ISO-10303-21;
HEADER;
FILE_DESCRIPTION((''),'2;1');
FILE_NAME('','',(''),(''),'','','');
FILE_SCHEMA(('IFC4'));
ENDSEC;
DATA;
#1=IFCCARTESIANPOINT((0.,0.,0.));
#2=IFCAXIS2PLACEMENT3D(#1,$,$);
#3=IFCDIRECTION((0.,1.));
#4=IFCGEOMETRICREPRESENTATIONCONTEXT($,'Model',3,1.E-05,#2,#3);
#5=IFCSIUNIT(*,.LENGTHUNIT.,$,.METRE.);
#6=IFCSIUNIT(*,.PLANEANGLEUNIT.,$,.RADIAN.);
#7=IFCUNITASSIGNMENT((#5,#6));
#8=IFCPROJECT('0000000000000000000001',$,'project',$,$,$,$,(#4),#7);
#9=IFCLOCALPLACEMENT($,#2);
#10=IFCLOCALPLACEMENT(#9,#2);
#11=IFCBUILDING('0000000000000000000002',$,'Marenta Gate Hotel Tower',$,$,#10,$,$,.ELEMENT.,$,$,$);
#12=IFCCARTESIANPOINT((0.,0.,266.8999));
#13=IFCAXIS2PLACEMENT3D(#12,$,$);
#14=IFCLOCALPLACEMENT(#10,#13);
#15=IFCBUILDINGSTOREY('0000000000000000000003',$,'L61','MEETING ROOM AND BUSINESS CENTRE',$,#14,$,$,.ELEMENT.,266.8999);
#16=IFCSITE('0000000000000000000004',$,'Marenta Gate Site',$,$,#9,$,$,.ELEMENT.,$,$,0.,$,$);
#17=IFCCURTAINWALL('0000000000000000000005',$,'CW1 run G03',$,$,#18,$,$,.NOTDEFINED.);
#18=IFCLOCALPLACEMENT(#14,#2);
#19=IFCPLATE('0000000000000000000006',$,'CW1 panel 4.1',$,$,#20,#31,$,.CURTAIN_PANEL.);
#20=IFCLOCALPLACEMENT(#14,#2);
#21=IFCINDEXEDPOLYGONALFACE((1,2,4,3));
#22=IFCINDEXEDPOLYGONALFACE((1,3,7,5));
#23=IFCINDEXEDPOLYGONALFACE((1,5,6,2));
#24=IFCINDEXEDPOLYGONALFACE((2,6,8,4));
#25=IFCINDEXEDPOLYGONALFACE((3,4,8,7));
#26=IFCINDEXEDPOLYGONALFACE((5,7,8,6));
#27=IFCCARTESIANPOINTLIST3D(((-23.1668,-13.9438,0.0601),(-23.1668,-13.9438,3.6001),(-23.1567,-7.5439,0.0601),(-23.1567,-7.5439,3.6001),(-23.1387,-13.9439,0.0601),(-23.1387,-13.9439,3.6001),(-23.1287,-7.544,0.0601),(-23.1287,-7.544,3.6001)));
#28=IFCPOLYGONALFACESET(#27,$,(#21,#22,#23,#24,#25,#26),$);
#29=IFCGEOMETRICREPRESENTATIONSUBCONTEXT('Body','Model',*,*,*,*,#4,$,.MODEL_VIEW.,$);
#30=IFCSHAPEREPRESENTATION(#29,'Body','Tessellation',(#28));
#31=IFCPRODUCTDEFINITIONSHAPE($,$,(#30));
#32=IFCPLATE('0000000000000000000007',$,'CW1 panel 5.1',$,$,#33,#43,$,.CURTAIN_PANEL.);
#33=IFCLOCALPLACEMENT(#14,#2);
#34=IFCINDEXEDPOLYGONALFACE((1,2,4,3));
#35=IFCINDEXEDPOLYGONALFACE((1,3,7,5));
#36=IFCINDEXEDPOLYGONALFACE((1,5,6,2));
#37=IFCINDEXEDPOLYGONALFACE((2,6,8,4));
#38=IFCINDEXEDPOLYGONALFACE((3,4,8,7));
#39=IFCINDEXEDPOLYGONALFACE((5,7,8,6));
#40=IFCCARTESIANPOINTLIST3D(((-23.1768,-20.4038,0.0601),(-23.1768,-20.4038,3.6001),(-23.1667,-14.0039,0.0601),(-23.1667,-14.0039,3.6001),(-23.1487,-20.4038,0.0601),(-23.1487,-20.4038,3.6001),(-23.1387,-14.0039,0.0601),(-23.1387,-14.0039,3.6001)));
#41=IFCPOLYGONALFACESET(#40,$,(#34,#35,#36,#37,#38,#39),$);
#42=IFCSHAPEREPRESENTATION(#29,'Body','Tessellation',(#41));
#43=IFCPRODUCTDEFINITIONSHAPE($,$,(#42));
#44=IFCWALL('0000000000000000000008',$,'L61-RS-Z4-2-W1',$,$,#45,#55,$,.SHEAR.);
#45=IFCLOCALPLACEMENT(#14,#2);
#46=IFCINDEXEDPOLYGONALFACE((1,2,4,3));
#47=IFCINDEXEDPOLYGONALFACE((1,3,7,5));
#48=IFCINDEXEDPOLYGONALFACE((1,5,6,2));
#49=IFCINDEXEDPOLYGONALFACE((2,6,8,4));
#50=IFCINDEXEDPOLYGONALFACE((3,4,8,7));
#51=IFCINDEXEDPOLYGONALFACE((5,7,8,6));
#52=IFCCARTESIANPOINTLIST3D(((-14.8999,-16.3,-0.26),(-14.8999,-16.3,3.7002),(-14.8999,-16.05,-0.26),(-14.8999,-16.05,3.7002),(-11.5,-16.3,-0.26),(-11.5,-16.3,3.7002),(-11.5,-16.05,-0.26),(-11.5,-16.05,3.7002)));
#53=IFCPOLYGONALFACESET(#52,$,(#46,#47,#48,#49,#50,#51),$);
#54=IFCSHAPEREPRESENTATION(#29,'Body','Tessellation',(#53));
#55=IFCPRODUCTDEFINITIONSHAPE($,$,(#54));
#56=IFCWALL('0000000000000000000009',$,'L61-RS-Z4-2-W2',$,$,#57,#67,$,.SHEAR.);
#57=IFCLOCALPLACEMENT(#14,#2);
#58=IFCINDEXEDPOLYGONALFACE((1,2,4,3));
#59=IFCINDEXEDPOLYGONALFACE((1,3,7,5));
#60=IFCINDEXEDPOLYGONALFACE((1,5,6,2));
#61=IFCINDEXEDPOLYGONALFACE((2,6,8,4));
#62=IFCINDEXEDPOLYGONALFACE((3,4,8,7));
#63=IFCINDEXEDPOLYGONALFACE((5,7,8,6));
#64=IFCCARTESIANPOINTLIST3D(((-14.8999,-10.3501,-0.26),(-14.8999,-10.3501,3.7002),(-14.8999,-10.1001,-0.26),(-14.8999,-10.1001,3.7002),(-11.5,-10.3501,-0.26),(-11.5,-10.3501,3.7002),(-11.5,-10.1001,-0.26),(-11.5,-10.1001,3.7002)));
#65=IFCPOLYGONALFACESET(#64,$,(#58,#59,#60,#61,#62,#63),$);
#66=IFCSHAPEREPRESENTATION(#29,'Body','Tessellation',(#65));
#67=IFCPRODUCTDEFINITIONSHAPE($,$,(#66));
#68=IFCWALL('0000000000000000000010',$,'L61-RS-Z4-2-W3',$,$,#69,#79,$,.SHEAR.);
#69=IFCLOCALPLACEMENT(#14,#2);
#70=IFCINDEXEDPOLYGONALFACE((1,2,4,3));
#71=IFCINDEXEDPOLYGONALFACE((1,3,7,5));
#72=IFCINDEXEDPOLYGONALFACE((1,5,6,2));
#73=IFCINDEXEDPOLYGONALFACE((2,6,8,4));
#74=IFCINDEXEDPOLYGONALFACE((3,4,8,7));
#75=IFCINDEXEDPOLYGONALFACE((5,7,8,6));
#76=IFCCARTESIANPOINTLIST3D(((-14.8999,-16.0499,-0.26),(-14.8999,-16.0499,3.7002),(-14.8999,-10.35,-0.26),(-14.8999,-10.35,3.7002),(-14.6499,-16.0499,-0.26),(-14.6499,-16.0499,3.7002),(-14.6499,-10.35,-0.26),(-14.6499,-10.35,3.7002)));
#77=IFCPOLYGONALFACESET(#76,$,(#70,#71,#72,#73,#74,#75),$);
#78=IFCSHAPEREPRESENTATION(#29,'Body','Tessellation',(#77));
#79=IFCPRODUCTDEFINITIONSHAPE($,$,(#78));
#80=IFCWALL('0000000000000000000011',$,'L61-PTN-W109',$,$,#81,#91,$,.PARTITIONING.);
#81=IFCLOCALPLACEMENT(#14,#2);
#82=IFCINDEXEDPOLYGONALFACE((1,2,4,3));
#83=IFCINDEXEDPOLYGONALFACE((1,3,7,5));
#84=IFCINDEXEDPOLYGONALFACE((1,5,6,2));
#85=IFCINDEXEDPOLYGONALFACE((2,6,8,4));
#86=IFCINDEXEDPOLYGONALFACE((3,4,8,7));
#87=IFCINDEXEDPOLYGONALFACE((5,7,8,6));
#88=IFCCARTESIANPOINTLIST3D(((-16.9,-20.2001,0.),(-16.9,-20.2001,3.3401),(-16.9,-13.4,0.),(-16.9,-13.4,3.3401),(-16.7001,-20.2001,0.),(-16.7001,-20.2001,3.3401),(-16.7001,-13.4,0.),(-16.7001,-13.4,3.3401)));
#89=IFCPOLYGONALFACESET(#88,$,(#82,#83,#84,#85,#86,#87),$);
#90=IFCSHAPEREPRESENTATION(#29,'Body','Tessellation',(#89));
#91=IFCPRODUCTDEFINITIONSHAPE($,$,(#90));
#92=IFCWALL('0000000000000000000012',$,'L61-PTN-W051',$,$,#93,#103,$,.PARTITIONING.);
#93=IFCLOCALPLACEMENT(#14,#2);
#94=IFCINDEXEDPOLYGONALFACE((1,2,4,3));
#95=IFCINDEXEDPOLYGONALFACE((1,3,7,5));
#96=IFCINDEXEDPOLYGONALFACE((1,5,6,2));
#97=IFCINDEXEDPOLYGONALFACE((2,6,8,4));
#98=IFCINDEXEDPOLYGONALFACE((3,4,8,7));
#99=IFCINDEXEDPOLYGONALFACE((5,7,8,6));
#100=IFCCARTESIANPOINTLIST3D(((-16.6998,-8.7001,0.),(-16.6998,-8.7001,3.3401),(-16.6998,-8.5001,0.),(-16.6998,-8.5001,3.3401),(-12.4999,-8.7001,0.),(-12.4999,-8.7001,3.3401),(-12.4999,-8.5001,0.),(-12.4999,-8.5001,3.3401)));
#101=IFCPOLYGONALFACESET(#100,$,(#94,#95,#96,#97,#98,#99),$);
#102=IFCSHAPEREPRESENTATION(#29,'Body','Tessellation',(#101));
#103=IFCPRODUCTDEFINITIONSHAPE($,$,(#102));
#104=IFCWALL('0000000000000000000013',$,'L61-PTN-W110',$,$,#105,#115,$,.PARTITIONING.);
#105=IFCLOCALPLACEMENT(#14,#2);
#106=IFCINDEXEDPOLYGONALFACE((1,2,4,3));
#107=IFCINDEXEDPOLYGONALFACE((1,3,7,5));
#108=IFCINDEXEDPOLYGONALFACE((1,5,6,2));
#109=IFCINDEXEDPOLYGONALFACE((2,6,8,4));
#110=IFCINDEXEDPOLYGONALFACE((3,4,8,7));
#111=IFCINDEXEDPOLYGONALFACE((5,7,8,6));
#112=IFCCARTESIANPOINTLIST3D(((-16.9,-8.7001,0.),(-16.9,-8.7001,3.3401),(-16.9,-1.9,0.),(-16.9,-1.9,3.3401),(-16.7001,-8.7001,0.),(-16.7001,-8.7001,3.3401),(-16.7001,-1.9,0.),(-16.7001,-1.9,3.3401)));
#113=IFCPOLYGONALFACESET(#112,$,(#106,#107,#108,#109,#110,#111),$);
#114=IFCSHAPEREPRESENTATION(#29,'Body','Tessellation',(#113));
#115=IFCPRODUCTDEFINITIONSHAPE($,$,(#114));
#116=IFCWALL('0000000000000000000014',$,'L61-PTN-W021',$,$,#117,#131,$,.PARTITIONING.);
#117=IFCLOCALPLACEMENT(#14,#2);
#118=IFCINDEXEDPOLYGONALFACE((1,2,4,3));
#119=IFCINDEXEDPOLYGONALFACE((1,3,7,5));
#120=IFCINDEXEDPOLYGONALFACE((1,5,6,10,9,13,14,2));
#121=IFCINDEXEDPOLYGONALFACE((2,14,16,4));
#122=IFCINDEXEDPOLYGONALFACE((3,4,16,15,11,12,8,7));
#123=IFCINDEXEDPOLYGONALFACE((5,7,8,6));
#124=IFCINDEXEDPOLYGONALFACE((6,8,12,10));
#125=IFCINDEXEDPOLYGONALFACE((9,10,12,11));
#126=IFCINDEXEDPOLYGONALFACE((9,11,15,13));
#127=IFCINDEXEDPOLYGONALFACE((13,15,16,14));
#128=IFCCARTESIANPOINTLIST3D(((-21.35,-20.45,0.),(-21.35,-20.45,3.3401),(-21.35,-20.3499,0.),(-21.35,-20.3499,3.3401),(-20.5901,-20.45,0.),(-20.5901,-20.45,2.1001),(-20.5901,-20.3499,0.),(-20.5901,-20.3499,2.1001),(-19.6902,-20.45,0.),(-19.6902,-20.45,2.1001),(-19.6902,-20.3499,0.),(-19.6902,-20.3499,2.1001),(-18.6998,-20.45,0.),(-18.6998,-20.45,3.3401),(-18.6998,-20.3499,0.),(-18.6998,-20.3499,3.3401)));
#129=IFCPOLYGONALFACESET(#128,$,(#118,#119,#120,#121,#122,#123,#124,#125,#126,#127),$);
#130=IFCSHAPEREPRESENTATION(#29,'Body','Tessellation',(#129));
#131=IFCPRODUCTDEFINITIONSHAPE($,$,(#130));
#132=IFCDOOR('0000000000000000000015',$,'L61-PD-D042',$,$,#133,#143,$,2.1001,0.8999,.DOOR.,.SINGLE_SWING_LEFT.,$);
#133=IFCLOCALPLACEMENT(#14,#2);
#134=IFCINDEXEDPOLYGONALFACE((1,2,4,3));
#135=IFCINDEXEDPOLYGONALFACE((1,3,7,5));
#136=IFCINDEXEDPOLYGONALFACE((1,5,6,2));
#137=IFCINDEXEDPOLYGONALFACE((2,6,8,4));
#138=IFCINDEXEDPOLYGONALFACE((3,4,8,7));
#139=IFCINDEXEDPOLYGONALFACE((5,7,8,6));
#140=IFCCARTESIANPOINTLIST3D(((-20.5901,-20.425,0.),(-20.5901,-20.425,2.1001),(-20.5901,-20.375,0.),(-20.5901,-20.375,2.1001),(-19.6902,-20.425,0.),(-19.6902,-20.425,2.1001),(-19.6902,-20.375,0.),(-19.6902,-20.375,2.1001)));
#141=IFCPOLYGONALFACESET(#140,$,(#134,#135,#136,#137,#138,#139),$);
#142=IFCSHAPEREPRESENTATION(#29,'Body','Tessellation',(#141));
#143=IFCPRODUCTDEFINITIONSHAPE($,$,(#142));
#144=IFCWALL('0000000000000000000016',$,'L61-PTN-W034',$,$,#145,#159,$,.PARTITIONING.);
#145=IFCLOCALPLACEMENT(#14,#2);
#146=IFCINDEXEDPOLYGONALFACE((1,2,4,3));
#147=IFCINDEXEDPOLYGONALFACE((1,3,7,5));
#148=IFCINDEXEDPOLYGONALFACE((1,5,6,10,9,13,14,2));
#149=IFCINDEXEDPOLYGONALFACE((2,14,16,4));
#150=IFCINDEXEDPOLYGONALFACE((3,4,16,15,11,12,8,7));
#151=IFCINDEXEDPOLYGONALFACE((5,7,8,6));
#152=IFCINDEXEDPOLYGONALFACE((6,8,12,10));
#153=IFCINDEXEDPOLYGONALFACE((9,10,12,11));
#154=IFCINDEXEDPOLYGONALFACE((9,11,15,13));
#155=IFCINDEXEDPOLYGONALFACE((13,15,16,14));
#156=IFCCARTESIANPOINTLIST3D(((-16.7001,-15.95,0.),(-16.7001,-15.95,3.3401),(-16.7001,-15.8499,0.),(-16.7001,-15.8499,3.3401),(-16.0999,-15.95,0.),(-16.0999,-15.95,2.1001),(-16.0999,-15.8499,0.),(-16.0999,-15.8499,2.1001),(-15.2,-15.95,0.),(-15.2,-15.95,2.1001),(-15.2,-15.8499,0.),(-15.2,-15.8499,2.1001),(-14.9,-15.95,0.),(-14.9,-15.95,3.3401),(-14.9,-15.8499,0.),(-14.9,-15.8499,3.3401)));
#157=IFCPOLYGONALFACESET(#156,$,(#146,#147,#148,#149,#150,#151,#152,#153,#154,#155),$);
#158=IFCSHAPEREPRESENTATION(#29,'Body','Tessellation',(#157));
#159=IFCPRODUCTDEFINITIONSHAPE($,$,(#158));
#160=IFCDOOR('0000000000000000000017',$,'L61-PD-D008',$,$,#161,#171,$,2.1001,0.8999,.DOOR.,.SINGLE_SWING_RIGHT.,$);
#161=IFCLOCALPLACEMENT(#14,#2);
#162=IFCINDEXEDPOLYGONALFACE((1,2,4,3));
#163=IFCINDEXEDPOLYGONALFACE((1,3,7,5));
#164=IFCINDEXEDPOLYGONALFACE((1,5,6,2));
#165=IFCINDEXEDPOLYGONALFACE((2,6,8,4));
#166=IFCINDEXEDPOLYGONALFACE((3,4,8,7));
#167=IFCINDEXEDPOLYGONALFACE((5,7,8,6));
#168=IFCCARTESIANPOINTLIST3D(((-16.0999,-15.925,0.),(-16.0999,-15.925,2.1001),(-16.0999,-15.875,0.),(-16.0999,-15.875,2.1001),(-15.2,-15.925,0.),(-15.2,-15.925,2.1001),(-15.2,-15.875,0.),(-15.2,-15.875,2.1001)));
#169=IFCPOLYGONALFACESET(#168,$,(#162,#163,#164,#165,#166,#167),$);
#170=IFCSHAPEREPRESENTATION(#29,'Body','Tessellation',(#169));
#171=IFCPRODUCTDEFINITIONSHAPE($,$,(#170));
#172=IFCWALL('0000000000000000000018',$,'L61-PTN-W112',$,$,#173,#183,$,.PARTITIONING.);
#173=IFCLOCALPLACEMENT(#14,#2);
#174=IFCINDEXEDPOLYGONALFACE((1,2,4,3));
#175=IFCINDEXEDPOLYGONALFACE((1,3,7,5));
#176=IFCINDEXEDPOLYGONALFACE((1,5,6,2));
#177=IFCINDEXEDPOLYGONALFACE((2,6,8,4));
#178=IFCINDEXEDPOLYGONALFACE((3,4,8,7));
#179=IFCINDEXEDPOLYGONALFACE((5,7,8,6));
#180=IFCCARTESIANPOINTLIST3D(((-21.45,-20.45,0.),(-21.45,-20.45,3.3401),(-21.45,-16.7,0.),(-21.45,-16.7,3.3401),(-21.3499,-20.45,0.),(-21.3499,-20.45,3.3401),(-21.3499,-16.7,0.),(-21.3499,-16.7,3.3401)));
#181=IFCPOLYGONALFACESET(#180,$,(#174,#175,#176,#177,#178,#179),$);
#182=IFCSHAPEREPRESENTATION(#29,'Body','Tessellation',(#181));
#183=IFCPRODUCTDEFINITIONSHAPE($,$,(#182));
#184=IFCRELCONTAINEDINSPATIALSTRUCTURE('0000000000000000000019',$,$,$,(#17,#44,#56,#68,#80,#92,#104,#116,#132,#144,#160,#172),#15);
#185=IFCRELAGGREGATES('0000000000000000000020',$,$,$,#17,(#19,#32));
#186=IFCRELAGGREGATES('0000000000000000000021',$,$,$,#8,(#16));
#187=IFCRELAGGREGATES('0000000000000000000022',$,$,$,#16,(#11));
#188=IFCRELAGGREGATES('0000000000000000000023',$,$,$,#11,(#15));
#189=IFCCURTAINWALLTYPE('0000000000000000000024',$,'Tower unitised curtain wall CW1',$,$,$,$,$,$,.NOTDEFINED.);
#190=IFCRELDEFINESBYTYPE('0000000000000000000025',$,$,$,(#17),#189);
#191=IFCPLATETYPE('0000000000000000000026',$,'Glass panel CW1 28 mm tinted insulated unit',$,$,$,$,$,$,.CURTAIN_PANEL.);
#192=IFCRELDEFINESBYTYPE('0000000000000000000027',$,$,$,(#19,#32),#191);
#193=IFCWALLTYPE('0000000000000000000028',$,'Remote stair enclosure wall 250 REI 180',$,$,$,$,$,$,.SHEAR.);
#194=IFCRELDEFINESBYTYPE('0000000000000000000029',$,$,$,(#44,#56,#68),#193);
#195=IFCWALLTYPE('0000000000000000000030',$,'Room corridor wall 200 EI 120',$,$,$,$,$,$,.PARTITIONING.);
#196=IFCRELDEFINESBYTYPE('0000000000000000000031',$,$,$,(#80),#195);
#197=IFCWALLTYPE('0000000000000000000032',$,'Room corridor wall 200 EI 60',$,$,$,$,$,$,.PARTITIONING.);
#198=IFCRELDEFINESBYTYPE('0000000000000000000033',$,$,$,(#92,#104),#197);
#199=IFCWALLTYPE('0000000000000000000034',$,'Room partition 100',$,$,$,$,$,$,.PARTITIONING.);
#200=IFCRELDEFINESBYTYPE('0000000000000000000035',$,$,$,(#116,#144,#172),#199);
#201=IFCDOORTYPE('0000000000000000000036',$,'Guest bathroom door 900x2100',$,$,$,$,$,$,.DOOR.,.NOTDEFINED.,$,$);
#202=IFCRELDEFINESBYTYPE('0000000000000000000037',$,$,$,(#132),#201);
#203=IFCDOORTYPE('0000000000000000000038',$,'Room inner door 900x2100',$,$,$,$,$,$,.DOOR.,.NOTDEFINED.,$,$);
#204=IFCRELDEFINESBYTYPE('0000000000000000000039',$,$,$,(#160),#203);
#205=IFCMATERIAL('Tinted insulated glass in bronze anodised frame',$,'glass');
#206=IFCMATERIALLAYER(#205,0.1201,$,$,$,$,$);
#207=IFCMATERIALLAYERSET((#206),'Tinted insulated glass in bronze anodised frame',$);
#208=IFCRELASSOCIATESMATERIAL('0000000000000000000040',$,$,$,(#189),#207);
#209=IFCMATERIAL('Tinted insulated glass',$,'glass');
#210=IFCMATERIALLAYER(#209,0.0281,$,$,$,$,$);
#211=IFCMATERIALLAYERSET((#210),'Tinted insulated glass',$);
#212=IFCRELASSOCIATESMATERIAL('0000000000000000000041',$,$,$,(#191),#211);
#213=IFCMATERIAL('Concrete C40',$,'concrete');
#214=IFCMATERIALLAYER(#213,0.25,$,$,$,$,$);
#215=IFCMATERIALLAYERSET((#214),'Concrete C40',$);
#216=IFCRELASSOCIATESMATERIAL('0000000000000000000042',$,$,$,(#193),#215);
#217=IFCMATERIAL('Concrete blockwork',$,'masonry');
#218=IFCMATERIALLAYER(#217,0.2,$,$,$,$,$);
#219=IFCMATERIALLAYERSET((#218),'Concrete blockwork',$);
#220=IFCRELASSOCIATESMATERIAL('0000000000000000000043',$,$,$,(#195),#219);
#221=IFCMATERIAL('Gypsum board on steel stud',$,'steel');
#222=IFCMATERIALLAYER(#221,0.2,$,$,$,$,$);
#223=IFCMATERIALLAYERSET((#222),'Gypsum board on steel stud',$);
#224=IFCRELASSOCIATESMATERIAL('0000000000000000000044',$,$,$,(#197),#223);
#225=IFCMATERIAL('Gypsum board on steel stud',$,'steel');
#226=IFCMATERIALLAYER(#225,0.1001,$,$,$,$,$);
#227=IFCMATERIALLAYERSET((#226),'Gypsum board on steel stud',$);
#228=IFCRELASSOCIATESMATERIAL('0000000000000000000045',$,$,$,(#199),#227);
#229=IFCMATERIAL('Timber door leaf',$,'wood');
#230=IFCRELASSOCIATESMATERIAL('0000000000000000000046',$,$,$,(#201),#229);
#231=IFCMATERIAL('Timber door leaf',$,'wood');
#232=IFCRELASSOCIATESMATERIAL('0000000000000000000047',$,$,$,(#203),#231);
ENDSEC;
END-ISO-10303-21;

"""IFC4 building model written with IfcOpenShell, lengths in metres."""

from ifc_helpers import new_model, si_unit, direction, frame, frame_2d, origin, origin_2d, place, context, subcontext, project, spatial, rectangle, extrude, material, layer, layer_set, type_object, element, fill, aggregate, save


model = new_model("IFC4")

# Units and contexts
model_context = context("Model", 3, precision=1e-05, world=origin(), true_north=direction((0.0, 1.0)))
body_context = subcontext(model_context, "Body", "Model", "MODEL_VIEW")
ifc_project = project(units=[si_unit("LENGTHUNIT", "METRE"), si_unit("PLANEANGLEUNIT", "RADIAN")], contexts=[model_context])

# Site, building, storey
site_placement = place(None, origin())
site = spatial("IfcSite", under=ifc_project, at=site_placement, Name="Marenta Gate Site", CompositionType="ELEMENT", RefElevation=0.0)
building_placement = place(site_placement, origin())
building = spatial("IfcBuilding", under=site, at=building_placement, Name="Marenta Gate Hotel Tower", CompositionType="ELEMENT")
storey_placement = place(building_placement, frame((0.0, 0.0, 266.8999)))
storey = spatial("IfcBuildingStorey", under=building, at=storey_placement, Name="L61", Description="MEETING ROOM AND BUSINESS CENTRE", CompositionType="ELEMENT", Elevation=266.8999)

# Curtain wall
ifc_material_1 = material(Name="Tinted insulated glass in bronze anodised frame", Category="glass")
ifc_layer_1 = layer(ifc_material_1, 0.1201)
ifc_layer_set_1 = layer_set([ifc_layer_1], Name="Tinted insulated glass in bronze anodised frame")
curtain_wall_type = type_object("IfcCurtainWallType", Name="Tower unitised curtain wall CW1", PredefinedType="NOTDEFINED", material=ifc_layer_set_1)
curtain_wall_placement = place(storey_placement, origin())
curtain_wall = element("IfcCurtainWall", 1, at=curtain_wall_placement, inside=storey, type_object=curtain_wall_type, Name="CW1 run G03", PredefinedType="NOTDEFINED")

# Plates
ifc_material_2 = material(Name="Tinted insulated glass", Category="glass")
ifc_layer_2 = layer(ifc_material_2, 0.0281)
ifc_layer_set_2 = layer_set([ifc_layer_2], Name="Tinted insulated glass")
plate_type = type_object("IfcPlateType", Name="Glass panel CW1 28 mm tinted insulated unit", PredefinedType="CURTAIN_PANEL", material=ifc_layer_set_2)
plate_1_placement = place(storey_placement, frame((-23.1477, -10.7439, 0.0601), z_axis=(0.0, 0.0, 1.0), x_axis=(-0.001566, -0.999999, 0.0)))
plate_1 = element("IfcPlate", 2, at=plate_1_placement, type_object=plate_type, Name="CW1 panel 4.1", PredefinedType="CURTAIN_PANEL", context=body_context, shape_type="SweptSolid", body=[
    extrude(rectangle(XDim=6.3999, YDim=0.0281, at=origin_2d()), origin(), (0.0, 0.0, 1.0), 3.54),
])
plate_2_placement = place(storey_placement, frame((-23.1577, -17.2039, 0.0601), z_axis=(0.0, 0.0, 1.0), x_axis=(-0.001566, -0.999999, 0.0)))
plate_2 = element("IfcPlate", 3, at=plate_2_placement, type_object=plate_type, Name="CW1 panel 5.1", PredefinedType="CURTAIN_PANEL", context=body_context, shape_type="SweptSolid", body=[
    extrude(rectangle(XDim=6.3999, YDim=0.0281, at=origin_2d()), origin(), (0.0, 0.0, 1.0), 3.54),
])
aggregate(curtain_wall, [plate_1, plate_2])

# Walls
ifc_material_3 = material(Name="Concrete C40", Category="concrete")
ifc_layer_3 = layer(ifc_material_3, 0.25)
ifc_layer_set_3 = layer_set([ifc_layer_3], Name="Concrete C40")
wall_type_1 = type_object("IfcWallType", Name="Remote stair enclosure wall 250 REI 180", PredefinedType="SHEAR", material=ifc_layer_set_3)
for number, where, z_axis, x_axis, name in (
    (4, (-14.8999, -16.175, -0.26), (0.0, 0.0, 1.0), (1.0, 0.0, 0.0), "L61-RS-Z4-2-W1"),
    (5, (-14.8999, -10.2251, -0.26), (0.0, 0.0, 1.0), (1.0, 0.0, 0.0), "L61-RS-Z4-2-W2"),
):
    element("IfcWall", number, at=place(storey_placement, frame(where, z_axis=z_axis, x_axis=x_axis)), inside=storey, type_object=wall_type_1, Name=name, PredefinedType="SHEAR", context=body_context, shape_type="SweptSolid", body=[
        extrude(rectangle(XDim=3.3999, YDim=0.25, at=frame_2d((1.7, 0.0))), origin(), (0.0, 0.0, 1.0), 3.9602),
    ])
wall_1_placement = place(storey_placement, frame((-14.7749, -16.05, -0.26), z_axis=(0.0, 0.0, 1.0), x_axis=(0.0, 1.0, 0.0)))
element("IfcWall", 6, at=wall_1_placement, inside=storey, type_object=wall_type_1, Name="L61-RS-Z4-2-W3", PredefinedType="SHEAR", context=body_context, shape_type="SweptSolid", body=[
    extrude(rectangle(XDim=5.7, YDim=0.25, at=frame_2d((2.8501, 0.0))), origin(), (0.0, 0.0, 1.0), 3.9602),
])

# Shared definitions
ifc_material_4 = material(Name="Concrete blockwork", Category="masonry")
ifc_layer_4 = layer(ifc_material_4, 0.2)
ifc_layer_set_4 = layer_set([ifc_layer_4], Name="Concrete blockwork")
wall_type_2 = type_object("IfcWallType", Name="Room corridor wall 200 EI 120", PredefinedType="PARTITIONING", material=ifc_layer_set_4)

# Walls
wall_2_placement = place(storey_placement, frame((-16.8, -20.2, 0.0), z_axis=(0.0, 0.0, 1.0), x_axis=(0.0, 1.0, 0.0)))
element("IfcWall", 7, at=wall_2_placement, inside=storey, type_object=wall_type_2, Name="L61-PTN-W109", PredefinedType="PARTITIONING", context=body_context, shape_type="SweptSolid", body=[
    extrude(rectangle(XDim=6.8, YDim=0.2, at=frame_2d((3.3999, 0.0))), origin(), (0.0, 0.0, 1.0), 3.3401),
])
ifc_material_5 = material(Name="Gypsum board on steel stud", Category="steel")
ifc_layer_5 = layer(ifc_material_5, 0.2)
ifc_layer_set_5 = layer_set([ifc_layer_5], Name="Gypsum board on steel stud")
wall_type_3 = type_object("IfcWallType", Name="Room corridor wall 200 EI 60", PredefinedType="PARTITIONING", material=ifc_layer_set_5)
wall_3_placement = place(storey_placement, frame((-16.7, -8.6001, 0.0), z_axis=(0.0, 0.0, 1.0), x_axis=(1.0, 0.0, 0.0)))
element("IfcWall", 8, at=wall_3_placement, inside=storey, type_object=wall_type_3, Name="L61-PTN-W051", PredefinedType="PARTITIONING", context=body_context, shape_type="SweptSolid", body=[
    extrude(rectangle(XDim=4.2, YDim=0.2, at=frame_2d((2.1001, 0.0))), origin(), (0.0, 0.0, 1.0), 3.3401),
])
wall_4_placement = place(storey_placement, frame((-16.8, -8.7, 0.0), z_axis=(0.0, 0.0, 1.0), x_axis=(0.0, 1.0, 0.0)))
element("IfcWall", 9, at=wall_4_placement, inside=storey, type_object=wall_type_3, Name="L61-PTN-W110", PredefinedType="PARTITIONING", context=body_context, shape_type="SweptSolid", body=[
    extrude(rectangle(XDim=6.8, YDim=0.2, at=frame_2d((3.3999, 0.0))), origin(), (0.0, 0.0, 1.0), 3.3401),
])

# Walls, openings, doors
ifc_material_6 = material(Name="Gypsum board on steel stud", Category="steel")
ifc_layer_6 = layer(ifc_material_6, 0.1001)
ifc_layer_set_6 = layer_set([ifc_layer_6], Name="Gypsum board on steel stud")
wall_type_4 = type_object("IfcWallType", Name="Room partition 100", PredefinedType="PARTITIONING", material=ifc_layer_set_6)
wall_5_placement = place(storey_placement, frame((-21.3501, -20.3999, 0.0), z_axis=(0.0, 0.0, 1.0), x_axis=(1.0, 0.0, 0.0)))
wall_5 = element("IfcWall", 10, at=wall_5_placement, inside=storey, type_object=wall_type_4, Name="L61-PTN-W021", PredefinedType="PARTITIONING", context=body_context, shape_type="SweptSolid", body=[
    extrude(rectangle(XDim=2.6501, YDim=0.1001, at=frame_2d((1.3252, 0.0))), origin(), (0.0, 0.0, 1.0), 3.3401),
])
opening_1_placement = place(wall_5_placement, frame((0.76, 0.0, 0.0)))
opening_1 = element("IfcOpeningElement", 11, at=opening_1_placement, cuts=wall_5, PredefinedType="OPENING", context=body_context, shape_type="SweptSolid", body=[
    extrude(rectangle(XDim=0.8999, YDim=2.1001, at=frame_2d((0.45, 1.05))), frame((0.0, 0.05, 0.0), z_axis=(0.0, -1.0, 0.0), x_axis=(1.0, 0.0, 0.0)), (0.0, 0.0, 1.0), 0.1001),
])
ifc_material_7 = material(Name="Timber door leaf", Category="wood")
door_type_1 = type_object("IfcDoorType", Name="Guest bathroom door 900x2100", OperationType="NOTDEFINED", PredefinedType="DOOR", material=ifc_material_7)
door_1_placement = place(opening_1_placement, origin())
door_1 = element("IfcDoor", 12, at=door_1_placement, inside=storey, type_object=door_type_1, Name="L61-PD-D042", OperationType="SINGLE_SWING_LEFT", OverallHeight=2.1001, OverallWidth=0.8999, PredefinedType="DOOR", context=body_context, shape_type="SweptSolid", body=[
    extrude(rectangle(XDim=0.8999, YDim=2.1001, at=frame_2d((0.45, 1.05))), frame((0.0, 0.0249, 0.0), z_axis=(0.0, -1.0, 0.0), x_axis=(1.0, 0.0, 0.0)), (0.0, 0.0, 1.0), 0.05),
])
fill(opening_1, door_1)
wall_6_placement = place(storey_placement, frame((-16.7, -15.8999, 0.0), z_axis=(0.0, 0.0, 1.0), x_axis=(1.0, 0.0, 0.0)))
wall_6 = element("IfcWall", 13, at=wall_6_placement, inside=storey, type_object=wall_type_4, Name="L61-PTN-W034", PredefinedType="PARTITIONING", context=body_context, shape_type="SweptSolid", body=[
    extrude(rectangle(XDim=1.8, YDim=0.1001, at=frame_2d((0.8999, 0.0))), origin(), (0.0, 0.0, 1.0), 3.3401),
])
opening_2_placement = place(wall_6_placement, frame((0.6001, 0.0, 0.0)))
opening_2 = element("IfcOpeningElement", 14, at=opening_2_placement, cuts=wall_6, PredefinedType="OPENING", context=body_context, shape_type="SweptSolid", body=[
    extrude(rectangle(XDim=0.8999, YDim=2.1001, at=frame_2d((0.45, 1.05))), frame((0.0, 0.05, 0.0), z_axis=(0.0, -1.0, 0.0), x_axis=(1.0, 0.0, 0.0)), (0.0, 0.0, 1.0), 0.1001),
])
ifc_material_8 = material(Name="Timber door leaf", Category="wood")
door_type_2 = type_object("IfcDoorType", Name="Room inner door 900x2100", OperationType="NOTDEFINED", PredefinedType="DOOR", material=ifc_material_8)
door_2_placement = place(opening_2_placement, origin())
door_2 = element("IfcDoor", 15, at=door_2_placement, inside=storey, type_object=door_type_2, Name="L61-PD-D008", OperationType="SINGLE_SWING_RIGHT", OverallHeight=2.1001, OverallWidth=0.8999, PredefinedType="DOOR", context=body_context, shape_type="SweptSolid", body=[
    extrude(rectangle(XDim=0.8999, YDim=2.1001, at=frame_2d((0.45, 1.05))), frame((0.0, 0.0249, 0.0), z_axis=(0.0, -1.0, 0.0), x_axis=(1.0, 0.0, 0.0)), (0.0, 0.0, 1.0), 0.05),
])
fill(opening_2, door_2)

# Wall
wall_7_placement = place(storey_placement, frame((-21.3999, -20.45, 0.0), z_axis=(0.0, 0.0, 1.0), x_axis=(0.0, 1.0, 0.0)))
element("IfcWall", 16, at=wall_7_placement, inside=storey, type_object=wall_type_4, Name="L61-PTN-W112", PredefinedType="PARTITIONING", context=body_context, shape_type="SweptSolid", body=[
    extrude(rectangle(XDim=3.75, YDim=0.1001, at=frame_2d((1.875, 0.0))), origin(), (0.0, 0.0, 1.0), 3.3401),
])

save(model, "model.ifc")
